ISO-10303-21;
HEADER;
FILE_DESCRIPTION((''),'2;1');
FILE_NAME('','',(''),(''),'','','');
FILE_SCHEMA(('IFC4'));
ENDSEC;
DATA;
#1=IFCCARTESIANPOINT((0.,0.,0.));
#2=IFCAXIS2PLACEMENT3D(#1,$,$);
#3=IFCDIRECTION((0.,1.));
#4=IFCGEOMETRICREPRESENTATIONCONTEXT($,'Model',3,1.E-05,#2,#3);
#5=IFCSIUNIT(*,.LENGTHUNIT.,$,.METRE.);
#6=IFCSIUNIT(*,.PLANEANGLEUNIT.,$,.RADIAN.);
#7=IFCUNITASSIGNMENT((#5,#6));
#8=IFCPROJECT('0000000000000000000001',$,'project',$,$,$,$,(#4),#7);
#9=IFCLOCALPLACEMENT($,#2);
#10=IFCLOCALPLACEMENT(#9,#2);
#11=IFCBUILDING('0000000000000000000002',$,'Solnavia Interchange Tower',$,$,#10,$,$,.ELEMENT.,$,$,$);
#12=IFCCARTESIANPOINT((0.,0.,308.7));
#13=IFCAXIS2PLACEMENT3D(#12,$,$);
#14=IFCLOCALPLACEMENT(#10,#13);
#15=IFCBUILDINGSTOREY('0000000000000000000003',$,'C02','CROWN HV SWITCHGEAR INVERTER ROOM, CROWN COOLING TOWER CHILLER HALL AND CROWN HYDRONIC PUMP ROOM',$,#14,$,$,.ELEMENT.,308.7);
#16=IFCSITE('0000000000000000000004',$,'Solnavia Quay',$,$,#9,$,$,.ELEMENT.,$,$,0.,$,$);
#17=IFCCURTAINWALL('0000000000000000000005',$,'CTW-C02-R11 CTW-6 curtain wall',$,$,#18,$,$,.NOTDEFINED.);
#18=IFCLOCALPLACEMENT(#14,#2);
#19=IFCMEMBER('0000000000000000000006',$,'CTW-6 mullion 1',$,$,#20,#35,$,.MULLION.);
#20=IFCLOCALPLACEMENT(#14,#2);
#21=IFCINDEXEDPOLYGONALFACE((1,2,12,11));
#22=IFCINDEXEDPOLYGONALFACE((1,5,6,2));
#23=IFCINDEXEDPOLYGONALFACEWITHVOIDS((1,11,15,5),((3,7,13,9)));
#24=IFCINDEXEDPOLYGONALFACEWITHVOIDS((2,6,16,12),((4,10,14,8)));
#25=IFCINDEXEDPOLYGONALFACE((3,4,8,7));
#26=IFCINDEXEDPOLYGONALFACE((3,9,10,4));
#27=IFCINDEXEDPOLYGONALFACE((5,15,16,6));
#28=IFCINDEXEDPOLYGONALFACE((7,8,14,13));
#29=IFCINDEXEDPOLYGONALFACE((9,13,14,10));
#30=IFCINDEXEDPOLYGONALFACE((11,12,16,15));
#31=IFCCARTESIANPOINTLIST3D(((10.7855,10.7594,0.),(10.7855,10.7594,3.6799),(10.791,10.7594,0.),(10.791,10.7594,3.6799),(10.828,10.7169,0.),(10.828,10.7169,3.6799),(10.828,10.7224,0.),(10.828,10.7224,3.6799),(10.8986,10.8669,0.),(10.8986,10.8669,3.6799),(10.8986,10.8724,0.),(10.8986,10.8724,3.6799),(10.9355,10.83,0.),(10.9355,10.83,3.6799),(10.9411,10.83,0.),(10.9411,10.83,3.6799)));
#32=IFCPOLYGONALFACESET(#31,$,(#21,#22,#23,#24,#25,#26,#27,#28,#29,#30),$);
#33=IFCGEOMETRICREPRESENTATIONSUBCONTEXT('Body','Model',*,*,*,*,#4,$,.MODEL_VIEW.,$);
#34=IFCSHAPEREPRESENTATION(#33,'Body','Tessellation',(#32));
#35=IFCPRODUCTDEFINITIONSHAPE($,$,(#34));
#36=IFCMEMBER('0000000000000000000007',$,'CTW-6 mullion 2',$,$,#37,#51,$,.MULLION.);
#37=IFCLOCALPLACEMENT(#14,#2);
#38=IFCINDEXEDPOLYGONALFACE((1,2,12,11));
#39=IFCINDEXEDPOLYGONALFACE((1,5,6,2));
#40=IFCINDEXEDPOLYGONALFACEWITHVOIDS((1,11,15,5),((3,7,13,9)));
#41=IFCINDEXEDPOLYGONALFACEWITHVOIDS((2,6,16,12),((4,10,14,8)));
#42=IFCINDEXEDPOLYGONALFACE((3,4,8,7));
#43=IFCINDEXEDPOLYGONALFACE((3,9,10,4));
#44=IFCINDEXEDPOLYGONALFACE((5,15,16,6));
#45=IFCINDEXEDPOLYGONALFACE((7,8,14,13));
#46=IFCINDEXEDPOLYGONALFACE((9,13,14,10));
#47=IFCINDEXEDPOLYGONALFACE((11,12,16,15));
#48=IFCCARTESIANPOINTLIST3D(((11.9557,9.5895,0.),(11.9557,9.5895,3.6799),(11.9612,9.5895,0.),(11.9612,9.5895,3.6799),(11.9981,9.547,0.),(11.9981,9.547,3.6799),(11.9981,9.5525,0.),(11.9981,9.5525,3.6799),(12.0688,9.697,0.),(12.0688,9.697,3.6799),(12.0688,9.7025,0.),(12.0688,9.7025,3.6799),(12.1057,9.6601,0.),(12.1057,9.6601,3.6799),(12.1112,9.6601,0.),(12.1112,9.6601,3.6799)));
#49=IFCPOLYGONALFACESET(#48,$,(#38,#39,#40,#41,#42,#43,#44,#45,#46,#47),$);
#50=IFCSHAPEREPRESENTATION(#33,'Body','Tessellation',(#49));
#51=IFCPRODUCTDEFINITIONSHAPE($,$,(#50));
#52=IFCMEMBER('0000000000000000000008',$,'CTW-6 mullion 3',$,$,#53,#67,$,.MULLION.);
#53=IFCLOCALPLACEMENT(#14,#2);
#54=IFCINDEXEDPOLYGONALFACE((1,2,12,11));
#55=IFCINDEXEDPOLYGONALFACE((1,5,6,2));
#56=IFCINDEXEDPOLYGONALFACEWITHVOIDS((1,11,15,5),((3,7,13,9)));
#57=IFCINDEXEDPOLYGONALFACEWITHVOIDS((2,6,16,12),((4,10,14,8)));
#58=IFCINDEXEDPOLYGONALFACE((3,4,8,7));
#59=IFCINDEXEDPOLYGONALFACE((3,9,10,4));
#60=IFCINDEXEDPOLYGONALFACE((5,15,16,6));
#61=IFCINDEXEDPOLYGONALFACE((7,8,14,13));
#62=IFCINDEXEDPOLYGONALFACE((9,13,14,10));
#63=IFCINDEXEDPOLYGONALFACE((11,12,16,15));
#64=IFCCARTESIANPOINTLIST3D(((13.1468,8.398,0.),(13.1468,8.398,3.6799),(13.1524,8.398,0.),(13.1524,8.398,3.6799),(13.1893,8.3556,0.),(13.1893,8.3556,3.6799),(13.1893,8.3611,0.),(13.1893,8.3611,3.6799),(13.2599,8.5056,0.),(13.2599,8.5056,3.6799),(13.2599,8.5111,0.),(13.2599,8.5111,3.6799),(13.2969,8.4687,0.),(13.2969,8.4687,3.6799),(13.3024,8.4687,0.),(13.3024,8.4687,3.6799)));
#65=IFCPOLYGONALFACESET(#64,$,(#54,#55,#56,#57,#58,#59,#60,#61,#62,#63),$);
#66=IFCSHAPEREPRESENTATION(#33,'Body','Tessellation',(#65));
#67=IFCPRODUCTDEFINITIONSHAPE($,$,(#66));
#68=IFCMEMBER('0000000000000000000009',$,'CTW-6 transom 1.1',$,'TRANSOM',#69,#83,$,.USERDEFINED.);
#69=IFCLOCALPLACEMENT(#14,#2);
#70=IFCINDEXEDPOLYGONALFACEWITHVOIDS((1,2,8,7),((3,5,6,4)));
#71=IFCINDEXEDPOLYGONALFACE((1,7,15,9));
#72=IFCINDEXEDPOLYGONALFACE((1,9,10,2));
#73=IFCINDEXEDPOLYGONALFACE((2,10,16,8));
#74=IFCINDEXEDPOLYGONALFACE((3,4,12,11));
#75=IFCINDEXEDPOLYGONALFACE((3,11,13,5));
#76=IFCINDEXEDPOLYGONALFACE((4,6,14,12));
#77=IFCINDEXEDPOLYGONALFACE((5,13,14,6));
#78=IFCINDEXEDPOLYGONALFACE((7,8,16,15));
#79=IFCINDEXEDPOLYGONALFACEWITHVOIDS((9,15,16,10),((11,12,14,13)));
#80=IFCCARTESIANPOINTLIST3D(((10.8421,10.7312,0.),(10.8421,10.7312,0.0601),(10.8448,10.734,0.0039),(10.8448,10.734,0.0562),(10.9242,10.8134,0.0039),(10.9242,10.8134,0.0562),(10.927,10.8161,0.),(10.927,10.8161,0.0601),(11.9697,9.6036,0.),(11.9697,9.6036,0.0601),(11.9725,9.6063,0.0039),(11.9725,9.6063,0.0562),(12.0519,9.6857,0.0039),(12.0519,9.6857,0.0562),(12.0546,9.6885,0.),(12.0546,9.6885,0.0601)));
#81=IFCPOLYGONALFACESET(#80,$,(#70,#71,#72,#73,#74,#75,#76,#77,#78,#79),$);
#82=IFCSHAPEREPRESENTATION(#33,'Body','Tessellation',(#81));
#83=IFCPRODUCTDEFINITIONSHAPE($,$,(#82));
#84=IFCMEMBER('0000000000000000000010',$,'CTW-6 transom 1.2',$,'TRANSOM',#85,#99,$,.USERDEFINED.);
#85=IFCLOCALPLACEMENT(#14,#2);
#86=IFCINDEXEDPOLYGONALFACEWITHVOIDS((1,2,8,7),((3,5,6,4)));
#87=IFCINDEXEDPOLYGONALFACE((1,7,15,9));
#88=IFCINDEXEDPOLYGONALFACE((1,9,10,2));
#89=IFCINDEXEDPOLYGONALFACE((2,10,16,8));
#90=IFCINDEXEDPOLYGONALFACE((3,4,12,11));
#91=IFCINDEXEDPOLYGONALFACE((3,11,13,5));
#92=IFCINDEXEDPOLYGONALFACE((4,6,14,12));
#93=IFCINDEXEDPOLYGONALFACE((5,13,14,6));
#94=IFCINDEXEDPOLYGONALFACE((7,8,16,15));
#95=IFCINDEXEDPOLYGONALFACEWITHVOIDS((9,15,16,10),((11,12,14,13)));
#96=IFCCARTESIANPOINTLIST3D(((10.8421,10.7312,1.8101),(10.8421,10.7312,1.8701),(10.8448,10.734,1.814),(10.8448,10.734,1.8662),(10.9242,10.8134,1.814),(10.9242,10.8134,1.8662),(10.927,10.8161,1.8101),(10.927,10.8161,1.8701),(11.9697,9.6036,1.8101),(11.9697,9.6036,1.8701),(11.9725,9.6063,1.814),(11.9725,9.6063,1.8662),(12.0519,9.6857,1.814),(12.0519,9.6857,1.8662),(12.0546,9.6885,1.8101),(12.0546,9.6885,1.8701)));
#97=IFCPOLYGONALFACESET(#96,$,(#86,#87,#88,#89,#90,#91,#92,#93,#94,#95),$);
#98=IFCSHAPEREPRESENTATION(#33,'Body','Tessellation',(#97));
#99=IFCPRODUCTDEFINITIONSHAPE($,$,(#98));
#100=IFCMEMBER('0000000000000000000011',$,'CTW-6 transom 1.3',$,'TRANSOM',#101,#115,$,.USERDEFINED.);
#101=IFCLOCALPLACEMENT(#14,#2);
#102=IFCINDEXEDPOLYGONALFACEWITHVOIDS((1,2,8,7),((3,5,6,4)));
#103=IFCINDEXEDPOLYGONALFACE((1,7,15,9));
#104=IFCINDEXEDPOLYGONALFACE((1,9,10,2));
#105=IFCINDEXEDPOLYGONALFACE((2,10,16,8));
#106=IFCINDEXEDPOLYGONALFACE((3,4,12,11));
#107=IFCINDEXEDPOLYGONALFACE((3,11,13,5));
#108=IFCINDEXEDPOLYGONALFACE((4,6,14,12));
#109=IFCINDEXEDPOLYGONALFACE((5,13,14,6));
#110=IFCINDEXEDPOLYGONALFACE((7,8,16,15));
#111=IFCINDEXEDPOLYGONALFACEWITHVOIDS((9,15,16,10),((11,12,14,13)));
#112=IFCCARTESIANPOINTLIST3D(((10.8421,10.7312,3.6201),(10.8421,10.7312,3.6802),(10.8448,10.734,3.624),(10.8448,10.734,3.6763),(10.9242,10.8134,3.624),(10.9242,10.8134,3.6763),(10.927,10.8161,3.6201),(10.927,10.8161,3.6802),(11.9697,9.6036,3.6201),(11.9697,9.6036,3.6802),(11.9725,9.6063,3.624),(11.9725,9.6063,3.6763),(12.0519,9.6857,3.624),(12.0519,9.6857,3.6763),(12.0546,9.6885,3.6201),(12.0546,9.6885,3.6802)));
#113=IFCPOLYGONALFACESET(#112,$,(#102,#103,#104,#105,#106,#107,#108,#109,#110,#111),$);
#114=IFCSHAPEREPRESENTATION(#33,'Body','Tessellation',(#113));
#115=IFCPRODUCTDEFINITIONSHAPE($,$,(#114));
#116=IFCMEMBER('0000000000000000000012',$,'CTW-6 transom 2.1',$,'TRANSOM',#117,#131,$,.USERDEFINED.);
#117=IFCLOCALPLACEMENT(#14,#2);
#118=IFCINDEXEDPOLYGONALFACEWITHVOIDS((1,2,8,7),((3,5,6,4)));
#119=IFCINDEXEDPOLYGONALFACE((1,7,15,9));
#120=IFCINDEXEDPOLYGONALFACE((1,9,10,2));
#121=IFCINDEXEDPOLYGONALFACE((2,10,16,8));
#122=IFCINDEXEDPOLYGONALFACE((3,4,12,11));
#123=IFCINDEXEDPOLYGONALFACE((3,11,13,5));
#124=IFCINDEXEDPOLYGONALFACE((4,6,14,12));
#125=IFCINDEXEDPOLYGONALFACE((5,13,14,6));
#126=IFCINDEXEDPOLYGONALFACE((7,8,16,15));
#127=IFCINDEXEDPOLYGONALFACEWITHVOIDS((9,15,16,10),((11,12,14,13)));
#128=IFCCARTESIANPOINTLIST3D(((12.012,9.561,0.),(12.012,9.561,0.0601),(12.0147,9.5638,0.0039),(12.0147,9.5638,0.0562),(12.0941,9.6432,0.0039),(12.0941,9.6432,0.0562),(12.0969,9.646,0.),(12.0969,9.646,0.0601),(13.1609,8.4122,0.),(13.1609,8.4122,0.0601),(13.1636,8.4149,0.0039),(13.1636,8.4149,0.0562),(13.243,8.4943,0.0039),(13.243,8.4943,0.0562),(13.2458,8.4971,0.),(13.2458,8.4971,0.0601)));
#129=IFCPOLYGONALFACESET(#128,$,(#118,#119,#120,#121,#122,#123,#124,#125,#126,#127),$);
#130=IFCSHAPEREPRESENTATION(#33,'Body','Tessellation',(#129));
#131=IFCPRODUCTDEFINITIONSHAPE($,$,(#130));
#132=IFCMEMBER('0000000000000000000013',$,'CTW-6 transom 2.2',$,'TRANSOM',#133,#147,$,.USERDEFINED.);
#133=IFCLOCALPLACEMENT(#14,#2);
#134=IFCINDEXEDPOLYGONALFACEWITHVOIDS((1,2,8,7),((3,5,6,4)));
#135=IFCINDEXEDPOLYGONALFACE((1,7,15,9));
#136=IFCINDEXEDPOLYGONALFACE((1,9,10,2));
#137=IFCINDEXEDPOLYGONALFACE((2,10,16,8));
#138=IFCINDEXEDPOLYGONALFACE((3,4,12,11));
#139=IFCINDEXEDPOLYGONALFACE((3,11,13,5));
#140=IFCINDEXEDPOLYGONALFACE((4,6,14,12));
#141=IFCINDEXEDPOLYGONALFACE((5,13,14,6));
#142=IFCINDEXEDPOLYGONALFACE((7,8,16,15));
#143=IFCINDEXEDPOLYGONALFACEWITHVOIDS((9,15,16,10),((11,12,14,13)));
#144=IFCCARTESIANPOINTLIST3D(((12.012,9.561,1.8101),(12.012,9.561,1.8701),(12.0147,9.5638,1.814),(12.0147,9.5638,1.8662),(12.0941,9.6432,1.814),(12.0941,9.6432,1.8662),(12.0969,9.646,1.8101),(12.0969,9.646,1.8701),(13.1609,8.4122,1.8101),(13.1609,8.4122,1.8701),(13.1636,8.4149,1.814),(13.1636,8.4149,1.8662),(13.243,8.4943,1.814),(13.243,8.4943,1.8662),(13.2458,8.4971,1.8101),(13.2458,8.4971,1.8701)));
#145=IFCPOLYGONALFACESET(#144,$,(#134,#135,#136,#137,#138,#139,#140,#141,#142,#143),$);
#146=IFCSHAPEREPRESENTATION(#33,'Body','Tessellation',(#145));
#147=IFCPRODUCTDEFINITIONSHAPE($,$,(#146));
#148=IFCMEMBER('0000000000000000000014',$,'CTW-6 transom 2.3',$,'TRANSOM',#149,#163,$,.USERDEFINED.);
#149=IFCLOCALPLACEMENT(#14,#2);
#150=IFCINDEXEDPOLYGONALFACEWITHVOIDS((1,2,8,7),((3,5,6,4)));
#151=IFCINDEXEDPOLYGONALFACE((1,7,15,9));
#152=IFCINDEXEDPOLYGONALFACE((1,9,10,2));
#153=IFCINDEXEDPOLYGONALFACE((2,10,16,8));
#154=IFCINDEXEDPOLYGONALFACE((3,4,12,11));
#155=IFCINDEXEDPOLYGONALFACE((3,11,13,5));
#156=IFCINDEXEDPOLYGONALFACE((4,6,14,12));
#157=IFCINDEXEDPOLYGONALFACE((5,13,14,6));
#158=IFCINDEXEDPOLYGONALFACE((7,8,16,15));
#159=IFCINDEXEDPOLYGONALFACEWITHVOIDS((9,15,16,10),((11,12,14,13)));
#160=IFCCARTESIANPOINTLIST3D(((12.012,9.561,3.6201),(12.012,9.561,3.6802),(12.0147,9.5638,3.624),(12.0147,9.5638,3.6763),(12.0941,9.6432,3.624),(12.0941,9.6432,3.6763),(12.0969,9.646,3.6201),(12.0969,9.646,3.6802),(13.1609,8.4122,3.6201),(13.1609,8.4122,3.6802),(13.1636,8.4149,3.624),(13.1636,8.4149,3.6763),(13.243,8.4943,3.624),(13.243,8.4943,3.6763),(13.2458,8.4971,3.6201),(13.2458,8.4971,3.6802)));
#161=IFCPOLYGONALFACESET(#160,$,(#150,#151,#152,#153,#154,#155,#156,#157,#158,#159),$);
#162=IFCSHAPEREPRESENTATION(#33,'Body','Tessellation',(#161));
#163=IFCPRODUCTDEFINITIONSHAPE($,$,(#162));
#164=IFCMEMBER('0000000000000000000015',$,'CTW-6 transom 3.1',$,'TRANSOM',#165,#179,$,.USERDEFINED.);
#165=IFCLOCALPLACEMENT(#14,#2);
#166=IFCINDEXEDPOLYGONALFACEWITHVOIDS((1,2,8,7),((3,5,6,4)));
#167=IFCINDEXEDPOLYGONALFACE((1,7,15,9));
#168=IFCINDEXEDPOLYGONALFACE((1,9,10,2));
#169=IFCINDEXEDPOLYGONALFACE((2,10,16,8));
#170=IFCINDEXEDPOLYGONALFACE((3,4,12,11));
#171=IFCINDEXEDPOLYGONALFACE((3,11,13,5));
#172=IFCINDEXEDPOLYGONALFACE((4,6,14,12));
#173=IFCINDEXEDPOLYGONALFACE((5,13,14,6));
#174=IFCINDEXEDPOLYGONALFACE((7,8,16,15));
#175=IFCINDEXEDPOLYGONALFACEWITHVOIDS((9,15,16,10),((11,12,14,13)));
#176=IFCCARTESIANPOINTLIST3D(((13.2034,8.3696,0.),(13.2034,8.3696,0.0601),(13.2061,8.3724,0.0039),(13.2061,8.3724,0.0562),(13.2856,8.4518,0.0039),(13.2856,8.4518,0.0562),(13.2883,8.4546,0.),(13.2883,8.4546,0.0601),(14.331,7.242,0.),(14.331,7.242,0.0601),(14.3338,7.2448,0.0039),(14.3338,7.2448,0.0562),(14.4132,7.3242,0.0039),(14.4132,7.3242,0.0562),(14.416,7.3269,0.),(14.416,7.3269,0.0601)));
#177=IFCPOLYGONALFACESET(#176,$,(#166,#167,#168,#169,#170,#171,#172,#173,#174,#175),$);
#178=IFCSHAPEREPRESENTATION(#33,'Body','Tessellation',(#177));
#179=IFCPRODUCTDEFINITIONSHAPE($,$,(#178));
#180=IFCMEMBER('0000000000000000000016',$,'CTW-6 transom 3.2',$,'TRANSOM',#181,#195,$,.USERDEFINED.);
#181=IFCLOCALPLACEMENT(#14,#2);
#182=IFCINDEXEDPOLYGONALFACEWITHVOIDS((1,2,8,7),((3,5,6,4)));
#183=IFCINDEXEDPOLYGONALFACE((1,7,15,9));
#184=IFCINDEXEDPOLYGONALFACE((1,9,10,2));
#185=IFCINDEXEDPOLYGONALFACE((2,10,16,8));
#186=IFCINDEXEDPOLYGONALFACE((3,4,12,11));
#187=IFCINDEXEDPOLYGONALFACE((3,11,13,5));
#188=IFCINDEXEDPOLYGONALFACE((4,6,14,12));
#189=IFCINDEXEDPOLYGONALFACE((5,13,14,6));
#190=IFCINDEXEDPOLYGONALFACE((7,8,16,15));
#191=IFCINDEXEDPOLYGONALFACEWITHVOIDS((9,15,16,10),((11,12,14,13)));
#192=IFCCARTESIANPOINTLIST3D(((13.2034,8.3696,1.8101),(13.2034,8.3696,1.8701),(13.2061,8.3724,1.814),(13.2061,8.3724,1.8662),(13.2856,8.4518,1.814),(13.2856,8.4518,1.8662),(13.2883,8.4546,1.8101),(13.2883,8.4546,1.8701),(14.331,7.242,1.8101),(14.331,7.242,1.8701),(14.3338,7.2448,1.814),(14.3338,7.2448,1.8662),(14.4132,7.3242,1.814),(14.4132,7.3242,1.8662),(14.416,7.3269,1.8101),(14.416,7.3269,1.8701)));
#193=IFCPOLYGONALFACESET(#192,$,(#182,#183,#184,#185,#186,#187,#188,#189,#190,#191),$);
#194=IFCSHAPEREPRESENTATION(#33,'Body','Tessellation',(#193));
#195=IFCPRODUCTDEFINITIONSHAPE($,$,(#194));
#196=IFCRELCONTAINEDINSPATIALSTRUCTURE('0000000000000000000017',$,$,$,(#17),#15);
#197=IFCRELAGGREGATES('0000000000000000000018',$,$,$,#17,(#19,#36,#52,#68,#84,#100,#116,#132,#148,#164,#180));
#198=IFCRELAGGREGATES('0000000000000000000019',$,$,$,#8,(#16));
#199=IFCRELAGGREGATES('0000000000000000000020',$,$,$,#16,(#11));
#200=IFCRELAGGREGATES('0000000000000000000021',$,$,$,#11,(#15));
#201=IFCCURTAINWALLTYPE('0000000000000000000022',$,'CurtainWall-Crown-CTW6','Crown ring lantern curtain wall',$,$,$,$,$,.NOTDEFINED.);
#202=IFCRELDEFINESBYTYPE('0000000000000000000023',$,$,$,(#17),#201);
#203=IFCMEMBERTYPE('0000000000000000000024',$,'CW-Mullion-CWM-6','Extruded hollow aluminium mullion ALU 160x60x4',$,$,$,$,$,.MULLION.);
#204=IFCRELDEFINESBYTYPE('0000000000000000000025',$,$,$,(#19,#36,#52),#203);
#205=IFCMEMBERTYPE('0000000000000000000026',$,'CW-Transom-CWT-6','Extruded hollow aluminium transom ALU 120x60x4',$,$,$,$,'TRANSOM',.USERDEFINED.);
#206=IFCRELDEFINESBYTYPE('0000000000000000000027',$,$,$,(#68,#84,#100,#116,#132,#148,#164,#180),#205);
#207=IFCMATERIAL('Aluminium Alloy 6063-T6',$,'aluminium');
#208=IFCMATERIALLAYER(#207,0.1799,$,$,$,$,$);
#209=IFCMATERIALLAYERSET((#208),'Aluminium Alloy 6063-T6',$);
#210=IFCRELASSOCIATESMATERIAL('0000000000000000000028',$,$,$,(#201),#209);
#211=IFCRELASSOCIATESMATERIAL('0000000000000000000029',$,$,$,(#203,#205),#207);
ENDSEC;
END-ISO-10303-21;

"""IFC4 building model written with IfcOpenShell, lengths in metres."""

from ifc_helpers import new_model, si_unit, direction, frame, origin, origin_2d, place, context, subcontext, project, spatial, hollow_rectangle, extrude, material, layer, layer_set, material_profile, profile_set, type_object, element, aggregate, save


model = new_model("IFC4")

# Units and contexts
model_context = context("Model", 3, precision=1e-05, world=origin(), true_north=direction((0.0, 1.0)))
body_context = subcontext(model_context, "Body", "Model", "MODEL_VIEW")
ifc_project = project(units=[si_unit("LENGTHUNIT", "METRE"), si_unit("PLANEANGLEUNIT", "RADIAN")], contexts=[model_context])

# Site, building, storey
site_placement = place(None, origin())
site = spatial("IfcSite", under=ifc_project, at=site_placement, Name="Solnavia Quay", CompositionType="ELEMENT", RefElevation=0.0)
building_placement = place(site_placement, origin())
building = spatial("IfcBuilding", under=site, at=building_placement, Name="Solnavia Interchange Tower", CompositionType="ELEMENT")
storey_placement = place(building_placement, frame((0.0, 0.0, 308.7)))
storey = spatial("IfcBuildingStorey", under=building, at=storey_placement, Name="C02", Description="CROWN HV SWITCHGEAR INVERTER ROOM, CROWN COOLING TOWER CHILLER HALL AND CROWN HYDRONIC PUMP ROOM", CompositionType="ELEMENT", Elevation=308.7)

# Curtain wall, members
ifc_material_1 = material(Name="Aluminium Alloy 6063-T6", Category="aluminium")
ifc_layer_1 = layer(ifc_material_1, 0.1799)
ifc_layer_set_1 = layer_set([ifc_layer_1], Name="Aluminium Alloy 6063-T6")
curtain_wall_type = type_object("IfcCurtainWallType", Name="CurtainWall-Crown-CTW6", Description="Crown ring lantern curtain wall", PredefinedType="NOTDEFINED", material=ifc_layer_set_1)
curtain_wall_placement = place(storey_placement, origin())
curtain_wall = element("IfcCurtainWall", 1, at=curtain_wall_placement, inside=storey, type_object=curtain_wall_type, Name="CTW-C02-R11 CTW-6 curtain wall", PredefinedType="NOTDEFINED")
ifc_material_profile_1 = material_profile(ifc_material_1, hollow_rectangle(XDim=0.0601, YDim=0.1599, WallThickness=0.0039, at=origin_2d()), Name="ALU 160x60x4")
ifc_profile_set_1 = profile_set([ifc_material_profile_1], Name="Aluminium Alloy 6063-T6")
member_type_1 = type_object("IfcMemberType", Name="CW-Mullion-CWM-6", Description="Extruded hollow aluminium mullion ALU 160x60x4", PredefinedType="MULLION", material=ifc_profile_set_1)
member_1_placement = place(storey_placement, frame((10.8633, 10.7947, 0.0), z_axis=(0.0, 0.0, 1.0), x_axis=(0.707107, -0.707107, 0.0)))
member_1 = element("IfcMember", 2, at=member_1_placement, type_object=member_type_1, Name="CTW-6 mullion 1", PredefinedType="MULLION", context=body_context, shape_type="SweptSolid", body=[
    extrude(hollow_rectangle(XDim=0.0601, YDim=0.1599, WallThickness=0.0039, at=origin_2d()), origin(), (0.0, 0.0, 1.0), 3.6799),
])
member_2_placement = place(storey_placement, frame((12.0334, 9.6248, 0.0), z_axis=(0.0, 0.0, 1.0), x_axis=(0.707107, -0.707107, 0.0)))
member_2 = element("IfcMember", 3, at=member_2_placement, type_object=member_type_1, Name="CTW-6 mullion 2", PredefinedType="MULLION", context=body_context, shape_type="SweptSolid", body=[
    extrude(hollow_rectangle(XDim=0.0601, YDim=0.1599, WallThickness=0.0039, at=origin_2d()), origin(), (0.0, 0.0, 1.0), 3.6799),
])
member_3_placement = place(storey_placement, frame((13.2246, 8.4333, 0.0), z_axis=(0.0, 0.0, 1.0), x_axis=(0.707107, -0.707107, 0.0)))
member_3 = element("IfcMember", 4, at=member_3_placement, type_object=member_type_1, Name="CTW-6 mullion 3", PredefinedType="MULLION", context=body_context, shape_type="SweptSolid", body=[
    extrude(hollow_rectangle(XDim=0.0601, YDim=0.1599, WallThickness=0.0039, at=origin_2d()), origin(), (0.0, 0.0, 1.0), 3.6799),
])
ifc_material_profile_2 = material_profile(ifc_material_1, hollow_rectangle(XDim=0.0601, YDim=0.1201, WallThickness=0.0039, at=origin_2d()), Name="ALU 120x60x4")
ifc_profile_set_2 = profile_set([ifc_material_profile_2], Name="Aluminium Alloy 6063-T6")
member_type_2 = type_object("IfcMemberType", Name="CW-Transom-CWT-6", Description="Extruded hollow aluminium transom ALU 120x60x4", ElementType="TRANSOM", PredefinedType="USERDEFINED", material=ifc_profile_set_2)
member_4_placement = place(storey_placement, frame((10.8845, 10.7737, 0.03), z_axis=(0.707107, -0.707107, 0.0), x_axis=(0.0, 0.0, 1.0)))
member_4 = element("IfcMember", 5, at=member_4_placement, type_object=member_type_2, Name="CTW-6 transom 1.1", ObjectType="TRANSOM", PredefinedType="USERDEFINED", context=body_context, shape_type="SweptSolid", body=[
    extrude(hollow_rectangle(XDim=0.0601, YDim=0.1201, WallThickness=0.0039, at=origin_2d()), origin(), (0.0, 0.0, 1.0), 1.5947),
])
member_5_placement = place(storey_placement, frame((10.8845, 10.7737, 1.8401), z_axis=(0.707107, -0.707107, 0.0), x_axis=(0.0, 0.0, 1.0)))
member_5 = element("IfcMember", 6, at=member_5_placement, type_object=member_type_2, Name="CTW-6 transom 1.2", ObjectType="TRANSOM", PredefinedType="USERDEFINED", context=body_context, shape_type="SweptSolid", body=[
    extrude(hollow_rectangle(XDim=0.0601, YDim=0.1201, WallThickness=0.0039, at=origin_2d()), origin(), (0.0, 0.0, 1.0), 1.5947),
])
member_6_placement = place(storey_placement, frame((10.8845, 10.7737, 3.6501), z_axis=(0.707107, -0.707107, 0.0), x_axis=(0.0, 0.0, 1.0)))
member_6 = element("IfcMember", 7, at=member_6_placement, type_object=member_type_2, Name="CTW-6 transom 1.3", ObjectType="TRANSOM", PredefinedType="USERDEFINED", context=body_context, shape_type="SweptSolid", body=[
    extrude(hollow_rectangle(XDim=0.0601, YDim=0.1201, WallThickness=0.0039, at=origin_2d()), origin(), (0.0, 0.0, 1.0), 1.5947),
])
member_7_placement = place(storey_placement, frame((12.0544, 9.6035, 0.03), z_axis=(0.707107, -0.707107, 0.0), x_axis=(0.0, 0.0, 1.0)))
member_7 = element("IfcMember", 8, at=member_7_placement, type_object=member_type_2, Name="CTW-6 transom 2.1", ObjectType="TRANSOM", PredefinedType="USERDEFINED", context=body_context, shape_type="SweptSolid", body=[
    extrude(hollow_rectangle(XDim=0.0601, YDim=0.1201, WallThickness=0.0039, at=origin_2d()), origin(), (0.0, 0.0, 1.0), 1.6248),
])
member_8_placement = place(storey_placement, frame((12.0544, 9.6035, 1.8401), z_axis=(0.707107, -0.707107, 0.0), x_axis=(0.0, 0.0, 1.0)))
member_8 = element("IfcMember", 9, at=member_8_placement, type_object=member_type_2, Name="CTW-6 transom 2.2", ObjectType="TRANSOM", PredefinedType="USERDEFINED", context=body_context, shape_type="SweptSolid", body=[
    extrude(hollow_rectangle(XDim=0.0601, YDim=0.1201, WallThickness=0.0039, at=origin_2d()), origin(), (0.0, 0.0, 1.0), 1.6248),
])
member_9_placement = place(storey_placement, frame((12.0544, 9.6035, 3.6501), z_axis=(0.707107, -0.707107, 0.0), x_axis=(0.0, 0.0, 1.0)))
member_9 = element("IfcMember", 10, at=member_9_placement, type_object=member_type_2, Name="CTW-6 transom 2.3", ObjectType="TRANSOM", PredefinedType="USERDEFINED", context=body_context, shape_type="SweptSolid", body=[
    extrude(hollow_rectangle(XDim=0.0601, YDim=0.1201, WallThickness=0.0039, at=origin_2d()), origin(), (0.0, 0.0, 1.0), 1.6248),
])
member_10_placement = place(storey_placement, frame((13.2458, 8.4121, 0.03), z_axis=(0.707107, -0.707107, 0.0), x_axis=(0.0, 0.0, 1.0)))
member_10 = element("IfcMember", 11, at=member_10_placement, type_object=member_type_2, Name="CTW-6 transom 3.1", ObjectType="TRANSOM", PredefinedType="USERDEFINED", context=body_context, shape_type="SweptSolid", body=[
    extrude(hollow_rectangle(XDim=0.0601, YDim=0.1201, WallThickness=0.0039, at=origin_2d()), origin(), (0.0, 0.0, 1.0), 1.5947),
])
member_11_placement = place(storey_placement, frame((13.2458, 8.4121, 1.8401), z_axis=(0.707107, -0.707107, 0.0), x_axis=(0.0, 0.0, 1.0)))
member_11 = element("IfcMember", 12, at=member_11_placement, type_object=member_type_2, Name="CTW-6 transom 3.2", ObjectType="TRANSOM", PredefinedType="USERDEFINED", context=body_context, shape_type="SweptSolid", body=[
    extrude(hollow_rectangle(XDim=0.0601, YDim=0.1201, WallThickness=0.0039, at=origin_2d()), origin(), (0.0, 0.0, 1.0), 1.5947),
])
aggregate(curtain_wall, [member_1, member_2, member_3, member_4, member_5, member_6, member_7, member_8, member_9, member_10, member_11])

save(model, "model.ifc")
